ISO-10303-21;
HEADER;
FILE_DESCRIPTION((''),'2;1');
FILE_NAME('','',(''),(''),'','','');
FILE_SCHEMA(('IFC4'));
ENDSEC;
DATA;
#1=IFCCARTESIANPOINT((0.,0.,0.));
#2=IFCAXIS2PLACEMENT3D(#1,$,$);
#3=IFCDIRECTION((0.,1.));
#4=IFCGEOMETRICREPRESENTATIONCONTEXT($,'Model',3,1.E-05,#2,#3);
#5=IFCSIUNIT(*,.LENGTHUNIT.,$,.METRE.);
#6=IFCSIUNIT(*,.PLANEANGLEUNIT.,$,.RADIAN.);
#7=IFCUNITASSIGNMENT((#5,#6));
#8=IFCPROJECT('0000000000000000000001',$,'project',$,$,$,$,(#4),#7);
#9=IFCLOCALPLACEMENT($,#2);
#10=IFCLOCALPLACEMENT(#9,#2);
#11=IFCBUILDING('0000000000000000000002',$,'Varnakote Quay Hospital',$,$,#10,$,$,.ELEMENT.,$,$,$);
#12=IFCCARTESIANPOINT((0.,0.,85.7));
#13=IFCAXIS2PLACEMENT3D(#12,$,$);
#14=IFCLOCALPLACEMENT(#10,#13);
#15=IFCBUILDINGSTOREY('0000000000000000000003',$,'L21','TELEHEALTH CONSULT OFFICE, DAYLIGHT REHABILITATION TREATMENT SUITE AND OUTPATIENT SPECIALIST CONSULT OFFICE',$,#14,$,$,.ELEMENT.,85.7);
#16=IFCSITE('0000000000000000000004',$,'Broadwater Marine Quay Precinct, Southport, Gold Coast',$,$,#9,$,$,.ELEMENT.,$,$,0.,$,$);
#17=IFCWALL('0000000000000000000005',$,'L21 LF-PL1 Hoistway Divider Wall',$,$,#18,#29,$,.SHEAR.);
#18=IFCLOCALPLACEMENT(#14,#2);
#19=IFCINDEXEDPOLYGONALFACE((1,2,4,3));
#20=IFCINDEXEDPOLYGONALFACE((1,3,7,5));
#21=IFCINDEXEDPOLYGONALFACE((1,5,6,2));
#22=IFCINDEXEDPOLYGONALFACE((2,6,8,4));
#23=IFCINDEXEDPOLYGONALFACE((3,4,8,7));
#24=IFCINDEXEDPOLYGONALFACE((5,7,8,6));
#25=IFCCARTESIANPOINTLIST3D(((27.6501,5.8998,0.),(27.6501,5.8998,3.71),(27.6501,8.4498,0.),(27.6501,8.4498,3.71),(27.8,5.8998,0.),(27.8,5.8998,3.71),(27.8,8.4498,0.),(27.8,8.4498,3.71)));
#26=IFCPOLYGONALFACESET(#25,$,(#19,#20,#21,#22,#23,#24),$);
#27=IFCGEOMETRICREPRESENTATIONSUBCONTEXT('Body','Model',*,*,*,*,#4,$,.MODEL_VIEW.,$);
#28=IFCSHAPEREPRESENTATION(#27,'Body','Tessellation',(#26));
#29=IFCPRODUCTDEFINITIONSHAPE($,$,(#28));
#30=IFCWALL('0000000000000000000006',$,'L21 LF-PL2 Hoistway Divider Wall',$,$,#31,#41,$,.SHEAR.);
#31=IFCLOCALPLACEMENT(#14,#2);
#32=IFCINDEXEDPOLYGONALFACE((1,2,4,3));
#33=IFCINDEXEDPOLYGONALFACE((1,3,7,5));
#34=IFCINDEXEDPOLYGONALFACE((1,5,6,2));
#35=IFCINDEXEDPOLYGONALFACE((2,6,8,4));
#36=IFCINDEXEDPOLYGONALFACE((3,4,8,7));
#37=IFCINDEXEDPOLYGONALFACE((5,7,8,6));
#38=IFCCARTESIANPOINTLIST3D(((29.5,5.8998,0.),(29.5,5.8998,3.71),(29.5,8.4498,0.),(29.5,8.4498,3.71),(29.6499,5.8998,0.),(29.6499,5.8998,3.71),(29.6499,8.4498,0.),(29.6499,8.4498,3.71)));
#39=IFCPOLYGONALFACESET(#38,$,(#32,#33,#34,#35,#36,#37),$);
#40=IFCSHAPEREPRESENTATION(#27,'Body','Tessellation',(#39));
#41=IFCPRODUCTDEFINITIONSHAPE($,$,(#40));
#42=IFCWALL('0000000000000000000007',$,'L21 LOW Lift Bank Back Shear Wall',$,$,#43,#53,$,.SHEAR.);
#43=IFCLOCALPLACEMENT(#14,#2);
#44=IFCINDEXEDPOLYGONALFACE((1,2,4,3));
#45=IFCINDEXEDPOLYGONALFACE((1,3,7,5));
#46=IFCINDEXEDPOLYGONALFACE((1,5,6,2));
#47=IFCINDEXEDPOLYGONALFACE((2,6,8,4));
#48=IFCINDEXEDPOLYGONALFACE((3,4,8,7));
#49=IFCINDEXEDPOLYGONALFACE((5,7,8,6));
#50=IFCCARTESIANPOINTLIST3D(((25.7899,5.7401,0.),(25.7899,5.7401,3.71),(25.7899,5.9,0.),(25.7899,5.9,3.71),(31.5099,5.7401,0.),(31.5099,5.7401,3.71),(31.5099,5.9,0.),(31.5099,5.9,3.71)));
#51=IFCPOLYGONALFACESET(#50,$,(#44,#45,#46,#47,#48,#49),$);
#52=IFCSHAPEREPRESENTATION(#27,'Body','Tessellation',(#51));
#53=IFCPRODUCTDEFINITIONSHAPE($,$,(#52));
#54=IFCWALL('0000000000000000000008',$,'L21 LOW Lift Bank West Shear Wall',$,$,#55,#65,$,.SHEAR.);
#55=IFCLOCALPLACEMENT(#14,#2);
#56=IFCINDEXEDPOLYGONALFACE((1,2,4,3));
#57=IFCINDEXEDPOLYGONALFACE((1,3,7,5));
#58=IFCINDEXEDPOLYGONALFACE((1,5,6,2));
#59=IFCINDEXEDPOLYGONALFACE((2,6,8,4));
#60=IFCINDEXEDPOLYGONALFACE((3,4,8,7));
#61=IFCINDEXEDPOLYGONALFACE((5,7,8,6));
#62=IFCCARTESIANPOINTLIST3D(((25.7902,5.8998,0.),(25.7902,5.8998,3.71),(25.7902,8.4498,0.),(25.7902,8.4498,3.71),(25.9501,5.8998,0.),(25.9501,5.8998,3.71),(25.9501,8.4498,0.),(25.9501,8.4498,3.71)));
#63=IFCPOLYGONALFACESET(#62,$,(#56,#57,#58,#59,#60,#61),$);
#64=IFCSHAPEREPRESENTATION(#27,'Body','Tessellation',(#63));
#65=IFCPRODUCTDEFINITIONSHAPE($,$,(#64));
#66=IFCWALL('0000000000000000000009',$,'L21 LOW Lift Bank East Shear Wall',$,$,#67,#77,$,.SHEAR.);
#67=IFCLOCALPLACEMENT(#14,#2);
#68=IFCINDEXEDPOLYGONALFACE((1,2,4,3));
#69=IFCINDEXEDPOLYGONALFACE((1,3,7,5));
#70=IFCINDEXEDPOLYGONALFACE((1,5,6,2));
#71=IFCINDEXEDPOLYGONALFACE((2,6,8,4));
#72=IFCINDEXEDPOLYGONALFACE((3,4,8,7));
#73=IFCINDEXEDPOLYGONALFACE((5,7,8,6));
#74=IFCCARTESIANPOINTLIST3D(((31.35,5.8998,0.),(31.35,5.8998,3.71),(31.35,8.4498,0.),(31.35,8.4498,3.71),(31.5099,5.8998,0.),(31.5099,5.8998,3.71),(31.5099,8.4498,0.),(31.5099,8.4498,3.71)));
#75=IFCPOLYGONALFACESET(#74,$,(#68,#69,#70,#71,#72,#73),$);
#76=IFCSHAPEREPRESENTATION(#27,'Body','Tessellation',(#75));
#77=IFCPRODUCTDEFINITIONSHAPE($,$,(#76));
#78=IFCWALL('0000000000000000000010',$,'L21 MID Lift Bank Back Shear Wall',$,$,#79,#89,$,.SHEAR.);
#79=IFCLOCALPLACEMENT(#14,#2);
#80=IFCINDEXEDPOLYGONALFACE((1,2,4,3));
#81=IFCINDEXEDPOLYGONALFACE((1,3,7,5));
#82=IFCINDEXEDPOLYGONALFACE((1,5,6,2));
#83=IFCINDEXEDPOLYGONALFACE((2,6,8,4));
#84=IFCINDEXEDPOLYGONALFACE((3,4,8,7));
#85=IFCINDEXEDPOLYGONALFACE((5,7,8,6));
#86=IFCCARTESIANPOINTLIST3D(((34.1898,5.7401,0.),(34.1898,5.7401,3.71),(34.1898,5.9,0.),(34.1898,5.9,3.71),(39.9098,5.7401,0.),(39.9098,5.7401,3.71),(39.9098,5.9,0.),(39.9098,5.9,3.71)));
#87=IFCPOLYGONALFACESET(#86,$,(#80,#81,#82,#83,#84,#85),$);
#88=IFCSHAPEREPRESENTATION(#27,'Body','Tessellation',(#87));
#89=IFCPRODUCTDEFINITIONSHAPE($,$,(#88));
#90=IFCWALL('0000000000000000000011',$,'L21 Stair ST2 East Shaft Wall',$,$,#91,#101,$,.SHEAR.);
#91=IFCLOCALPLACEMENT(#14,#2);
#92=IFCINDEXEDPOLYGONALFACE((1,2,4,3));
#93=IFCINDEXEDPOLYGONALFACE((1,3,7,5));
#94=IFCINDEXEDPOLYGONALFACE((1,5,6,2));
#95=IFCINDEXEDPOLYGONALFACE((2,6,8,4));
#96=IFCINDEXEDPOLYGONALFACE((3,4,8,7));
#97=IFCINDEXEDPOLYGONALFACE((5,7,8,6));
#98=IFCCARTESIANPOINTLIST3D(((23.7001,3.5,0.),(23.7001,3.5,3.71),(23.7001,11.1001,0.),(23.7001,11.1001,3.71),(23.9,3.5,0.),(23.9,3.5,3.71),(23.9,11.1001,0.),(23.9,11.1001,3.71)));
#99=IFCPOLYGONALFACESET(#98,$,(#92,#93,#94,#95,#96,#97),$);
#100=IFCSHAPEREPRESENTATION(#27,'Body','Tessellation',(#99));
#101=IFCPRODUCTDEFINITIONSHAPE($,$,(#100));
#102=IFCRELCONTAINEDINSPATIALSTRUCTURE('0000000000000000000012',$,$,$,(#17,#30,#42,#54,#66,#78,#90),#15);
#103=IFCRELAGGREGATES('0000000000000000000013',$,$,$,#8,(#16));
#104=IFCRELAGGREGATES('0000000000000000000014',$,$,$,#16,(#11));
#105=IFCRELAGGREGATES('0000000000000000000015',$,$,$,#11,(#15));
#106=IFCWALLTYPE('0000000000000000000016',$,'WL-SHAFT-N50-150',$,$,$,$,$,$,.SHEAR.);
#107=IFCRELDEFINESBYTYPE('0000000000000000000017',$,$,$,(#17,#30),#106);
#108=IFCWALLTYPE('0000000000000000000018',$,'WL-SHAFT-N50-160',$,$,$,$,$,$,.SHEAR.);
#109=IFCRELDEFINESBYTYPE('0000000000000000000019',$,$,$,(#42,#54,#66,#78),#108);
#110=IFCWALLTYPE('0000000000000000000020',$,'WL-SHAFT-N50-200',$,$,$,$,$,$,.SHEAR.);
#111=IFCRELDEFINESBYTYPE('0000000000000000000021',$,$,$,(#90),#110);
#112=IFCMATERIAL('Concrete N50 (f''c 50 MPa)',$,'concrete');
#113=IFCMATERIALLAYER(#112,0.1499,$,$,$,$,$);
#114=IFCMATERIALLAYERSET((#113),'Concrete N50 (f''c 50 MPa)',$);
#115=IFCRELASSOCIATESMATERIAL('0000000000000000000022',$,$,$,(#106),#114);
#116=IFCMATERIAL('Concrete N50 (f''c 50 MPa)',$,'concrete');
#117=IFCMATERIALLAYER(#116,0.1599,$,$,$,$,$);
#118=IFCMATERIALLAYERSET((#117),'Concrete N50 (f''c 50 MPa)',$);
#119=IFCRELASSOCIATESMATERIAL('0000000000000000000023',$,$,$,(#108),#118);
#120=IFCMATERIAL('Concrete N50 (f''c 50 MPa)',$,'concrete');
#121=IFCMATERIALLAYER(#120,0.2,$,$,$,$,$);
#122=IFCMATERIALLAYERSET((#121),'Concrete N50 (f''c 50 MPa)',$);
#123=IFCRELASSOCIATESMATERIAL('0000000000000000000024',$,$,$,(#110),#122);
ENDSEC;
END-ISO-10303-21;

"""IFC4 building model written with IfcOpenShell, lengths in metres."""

from ifc_helpers import new_model, si_unit, direction, frame, frame_2d, origin, place, context, subcontext, project, spatial, rectangle, extrude, material, layer, layer_set, type_object, element, save


model = new_model("IFC4")

# Units and contexts
model_context = context("Model", 3, precision=1e-05, world=origin(), true_north=direction((0.0, 1.0)))
body_context = subcontext(model_context, "Body", "Model", "MODEL_VIEW")
ifc_project = project(units=[si_unit("LENGTHUNIT", "METRE"), si_unit("PLANEANGLEUNIT", "RADIAN")], contexts=[model_context])

# Site, building, storey
site_placement = place(None, origin())
site = spatial("IfcSite", under=ifc_project, at=site_placement, Name="Broadwater Marine Quay Precinct, Southport, Gold Coast", CompositionType="ELEMENT", RefElevation=0.0)
building_placement = place(site_placement, origin())
building = spatial("IfcBuilding", under=site, at=building_placement, Name="Varnakote Quay Hospital", CompositionType="ELEMENT")
storey_placement = place(building_placement, frame((0.0, 0.0, 85.7)))
storey = spatial("IfcBuildingStorey", under=building, at=storey_placement, Name="L21", Description="TELEHEALTH CONSULT OFFICE, DAYLIGHT REHABILITATION TREATMENT SUITE AND OUTPATIENT SPECIALIST CONSULT OFFICE", CompositionType="ELEMENT", Elevation=85.7)

# Walls
ifc_material_1 = material(Name="Concrete N50 (f'c 50 MPa)", Category="concrete")
ifc_layer_1 = layer(ifc_material_1, 0.1499)
ifc_layer_set_1 = layer_set([ifc_layer_1], Name="Concrete N50 (f'c 50 MPa)")
wall_type_1 = type_object("IfcWallType", Name="WL-SHAFT-N50-150", PredefinedType="SHEAR", material=ifc_layer_set_1)
for number, where, z_axis, x_axis, name in (
    (1, (27.7251, 5.8999, 0.0), (0.0, 0.0, 1.0), (0.0, 1.0, 0.0), "L21 LF-PL1 Hoistway Divider Wall"),
    (2, (29.575, 5.8999, 0.0), (0.0, 0.0, 1.0), (0.0, 1.0, 0.0), "L21 LF-PL2 Hoistway Divider Wall"),
):
    element("IfcWall", number, at=place(storey_placement, frame(where, z_axis=z_axis, x_axis=x_axis)), inside=storey, type_object=wall_type_1, Name=name, PredefinedType="SHEAR", context=body_context, shape_type="SweptSolid", body=[
        extrude(rectangle(XDim=2.55, YDim=0.1499, at=frame_2d((1.2749, 0.0))), origin(), (0.0, 0.0, 1.0), 3.71),
    ])
ifc_material_2 = material(Name="Concrete N50 (f'c 50 MPa)", Category="concrete")
ifc_layer_2 = layer(ifc_material_2, 0.1599)
ifc_layer_set_2 = layer_set([ifc_layer_2], Name="Concrete N50 (f'c 50 MPa)")
wall_type_2 = type_object("IfcWallType", Name="WL-SHAFT-N50-160", PredefinedType="SHEAR", material=ifc_layer_set_2)
wall_1_placement = place(storey_placement, frame((25.79, 5.8201, 0.0), z_axis=(0.0, 0.0, 1.0), x_axis=(1.0, 0.0, 0.0)))
element("IfcWall", 3, at=wall_1_placement, inside=storey, type_object=wall_type_2, Name="L21 LOW Lift Bank Back Shear Wall", PredefinedType="SHEAR", context=body_context, shape_type="SweptSolid", body=[
    extrude(rectangle(XDim=5.72, YDim=0.1599, at=frame_2d((2.8599, 0.0))), origin(), (0.0, 0.0, 1.0), 3.71),
])
for number, where, z_axis, x_axis, name in (
    (4, (25.8701, 5.8999, 0.0), (0.0, 0.0, 1.0), (0.0, 1.0, 0.0), "L21 LOW Lift Bank West Shear Wall"),
    (5, (31.4299, 5.8999, 0.0), (0.0, 0.0, 1.0), (0.0, 1.0, 0.0), "L21 LOW Lift Bank East Shear Wall"),
):
    element("IfcWall", number, at=place(storey_placement, frame(where, z_axis=z_axis, x_axis=x_axis)), inside=storey, type_object=wall_type_2, Name=name, PredefinedType="SHEAR", context=body_context, shape_type="SweptSolid", body=[
        extrude(rectangle(XDim=2.55, YDim=0.1599, at=frame_2d((1.2749, 0.0))), origin(), (0.0, 0.0, 1.0), 3.71),
    ])

# Walls
wall_2_placement = place(storey_placement, frame((34.1899, 5.8201, 0.0), z_axis=(0.0, 0.0, 1.0), x_axis=(1.0, 0.0, 0.0)))
element("IfcWall", 6, at=wall_2_placement, inside=storey, type_object=wall_type_2, Name="L21 MID Lift Bank Back Shear Wall", PredefinedType="SHEAR", context=body_context, shape_type="SweptSolid", body=[
    extrude(rectangle(XDim=5.72, YDim=0.1599, at=frame_2d((2.8599, 0.0))), origin(), (0.0, 0.0, 1.0), 3.71),
])
ifc_material_3 = material(Name="Concrete N50 (f'c 50 MPa)", Category="concrete")
ifc_layer_3 = layer(ifc_material_3, 0.2)
ifc_layer_set_3 = layer_set([ifc_layer_3], Name="Concrete N50 (f'c 50 MPa)")
wall_type_3 = type_object("IfcWallType", Name="WL-SHAFT-N50-200", PredefinedType="SHEAR", material=ifc_layer_set_3)
wall_3_placement = place(storey_placement, frame((23.8, 3.5, 0.0), z_axis=(0.0, 0.0, 1.0), x_axis=(0.0, 1.0, 0.0)))
element("IfcWall", 7, at=wall_3_placement, inside=storey, type_object=wall_type_3, Name="L21 Stair ST2 East Shaft Wall", PredefinedType="SHEAR", context=body_context, shape_type="SweptSolid", body=[
    extrude(rectangle(XDim=7.6001, YDim=0.2, at=frame_2d((3.8, 0.0))), origin(), (0.0, 0.0, 1.0), 3.71),
])

save(model, "model.ifc")
